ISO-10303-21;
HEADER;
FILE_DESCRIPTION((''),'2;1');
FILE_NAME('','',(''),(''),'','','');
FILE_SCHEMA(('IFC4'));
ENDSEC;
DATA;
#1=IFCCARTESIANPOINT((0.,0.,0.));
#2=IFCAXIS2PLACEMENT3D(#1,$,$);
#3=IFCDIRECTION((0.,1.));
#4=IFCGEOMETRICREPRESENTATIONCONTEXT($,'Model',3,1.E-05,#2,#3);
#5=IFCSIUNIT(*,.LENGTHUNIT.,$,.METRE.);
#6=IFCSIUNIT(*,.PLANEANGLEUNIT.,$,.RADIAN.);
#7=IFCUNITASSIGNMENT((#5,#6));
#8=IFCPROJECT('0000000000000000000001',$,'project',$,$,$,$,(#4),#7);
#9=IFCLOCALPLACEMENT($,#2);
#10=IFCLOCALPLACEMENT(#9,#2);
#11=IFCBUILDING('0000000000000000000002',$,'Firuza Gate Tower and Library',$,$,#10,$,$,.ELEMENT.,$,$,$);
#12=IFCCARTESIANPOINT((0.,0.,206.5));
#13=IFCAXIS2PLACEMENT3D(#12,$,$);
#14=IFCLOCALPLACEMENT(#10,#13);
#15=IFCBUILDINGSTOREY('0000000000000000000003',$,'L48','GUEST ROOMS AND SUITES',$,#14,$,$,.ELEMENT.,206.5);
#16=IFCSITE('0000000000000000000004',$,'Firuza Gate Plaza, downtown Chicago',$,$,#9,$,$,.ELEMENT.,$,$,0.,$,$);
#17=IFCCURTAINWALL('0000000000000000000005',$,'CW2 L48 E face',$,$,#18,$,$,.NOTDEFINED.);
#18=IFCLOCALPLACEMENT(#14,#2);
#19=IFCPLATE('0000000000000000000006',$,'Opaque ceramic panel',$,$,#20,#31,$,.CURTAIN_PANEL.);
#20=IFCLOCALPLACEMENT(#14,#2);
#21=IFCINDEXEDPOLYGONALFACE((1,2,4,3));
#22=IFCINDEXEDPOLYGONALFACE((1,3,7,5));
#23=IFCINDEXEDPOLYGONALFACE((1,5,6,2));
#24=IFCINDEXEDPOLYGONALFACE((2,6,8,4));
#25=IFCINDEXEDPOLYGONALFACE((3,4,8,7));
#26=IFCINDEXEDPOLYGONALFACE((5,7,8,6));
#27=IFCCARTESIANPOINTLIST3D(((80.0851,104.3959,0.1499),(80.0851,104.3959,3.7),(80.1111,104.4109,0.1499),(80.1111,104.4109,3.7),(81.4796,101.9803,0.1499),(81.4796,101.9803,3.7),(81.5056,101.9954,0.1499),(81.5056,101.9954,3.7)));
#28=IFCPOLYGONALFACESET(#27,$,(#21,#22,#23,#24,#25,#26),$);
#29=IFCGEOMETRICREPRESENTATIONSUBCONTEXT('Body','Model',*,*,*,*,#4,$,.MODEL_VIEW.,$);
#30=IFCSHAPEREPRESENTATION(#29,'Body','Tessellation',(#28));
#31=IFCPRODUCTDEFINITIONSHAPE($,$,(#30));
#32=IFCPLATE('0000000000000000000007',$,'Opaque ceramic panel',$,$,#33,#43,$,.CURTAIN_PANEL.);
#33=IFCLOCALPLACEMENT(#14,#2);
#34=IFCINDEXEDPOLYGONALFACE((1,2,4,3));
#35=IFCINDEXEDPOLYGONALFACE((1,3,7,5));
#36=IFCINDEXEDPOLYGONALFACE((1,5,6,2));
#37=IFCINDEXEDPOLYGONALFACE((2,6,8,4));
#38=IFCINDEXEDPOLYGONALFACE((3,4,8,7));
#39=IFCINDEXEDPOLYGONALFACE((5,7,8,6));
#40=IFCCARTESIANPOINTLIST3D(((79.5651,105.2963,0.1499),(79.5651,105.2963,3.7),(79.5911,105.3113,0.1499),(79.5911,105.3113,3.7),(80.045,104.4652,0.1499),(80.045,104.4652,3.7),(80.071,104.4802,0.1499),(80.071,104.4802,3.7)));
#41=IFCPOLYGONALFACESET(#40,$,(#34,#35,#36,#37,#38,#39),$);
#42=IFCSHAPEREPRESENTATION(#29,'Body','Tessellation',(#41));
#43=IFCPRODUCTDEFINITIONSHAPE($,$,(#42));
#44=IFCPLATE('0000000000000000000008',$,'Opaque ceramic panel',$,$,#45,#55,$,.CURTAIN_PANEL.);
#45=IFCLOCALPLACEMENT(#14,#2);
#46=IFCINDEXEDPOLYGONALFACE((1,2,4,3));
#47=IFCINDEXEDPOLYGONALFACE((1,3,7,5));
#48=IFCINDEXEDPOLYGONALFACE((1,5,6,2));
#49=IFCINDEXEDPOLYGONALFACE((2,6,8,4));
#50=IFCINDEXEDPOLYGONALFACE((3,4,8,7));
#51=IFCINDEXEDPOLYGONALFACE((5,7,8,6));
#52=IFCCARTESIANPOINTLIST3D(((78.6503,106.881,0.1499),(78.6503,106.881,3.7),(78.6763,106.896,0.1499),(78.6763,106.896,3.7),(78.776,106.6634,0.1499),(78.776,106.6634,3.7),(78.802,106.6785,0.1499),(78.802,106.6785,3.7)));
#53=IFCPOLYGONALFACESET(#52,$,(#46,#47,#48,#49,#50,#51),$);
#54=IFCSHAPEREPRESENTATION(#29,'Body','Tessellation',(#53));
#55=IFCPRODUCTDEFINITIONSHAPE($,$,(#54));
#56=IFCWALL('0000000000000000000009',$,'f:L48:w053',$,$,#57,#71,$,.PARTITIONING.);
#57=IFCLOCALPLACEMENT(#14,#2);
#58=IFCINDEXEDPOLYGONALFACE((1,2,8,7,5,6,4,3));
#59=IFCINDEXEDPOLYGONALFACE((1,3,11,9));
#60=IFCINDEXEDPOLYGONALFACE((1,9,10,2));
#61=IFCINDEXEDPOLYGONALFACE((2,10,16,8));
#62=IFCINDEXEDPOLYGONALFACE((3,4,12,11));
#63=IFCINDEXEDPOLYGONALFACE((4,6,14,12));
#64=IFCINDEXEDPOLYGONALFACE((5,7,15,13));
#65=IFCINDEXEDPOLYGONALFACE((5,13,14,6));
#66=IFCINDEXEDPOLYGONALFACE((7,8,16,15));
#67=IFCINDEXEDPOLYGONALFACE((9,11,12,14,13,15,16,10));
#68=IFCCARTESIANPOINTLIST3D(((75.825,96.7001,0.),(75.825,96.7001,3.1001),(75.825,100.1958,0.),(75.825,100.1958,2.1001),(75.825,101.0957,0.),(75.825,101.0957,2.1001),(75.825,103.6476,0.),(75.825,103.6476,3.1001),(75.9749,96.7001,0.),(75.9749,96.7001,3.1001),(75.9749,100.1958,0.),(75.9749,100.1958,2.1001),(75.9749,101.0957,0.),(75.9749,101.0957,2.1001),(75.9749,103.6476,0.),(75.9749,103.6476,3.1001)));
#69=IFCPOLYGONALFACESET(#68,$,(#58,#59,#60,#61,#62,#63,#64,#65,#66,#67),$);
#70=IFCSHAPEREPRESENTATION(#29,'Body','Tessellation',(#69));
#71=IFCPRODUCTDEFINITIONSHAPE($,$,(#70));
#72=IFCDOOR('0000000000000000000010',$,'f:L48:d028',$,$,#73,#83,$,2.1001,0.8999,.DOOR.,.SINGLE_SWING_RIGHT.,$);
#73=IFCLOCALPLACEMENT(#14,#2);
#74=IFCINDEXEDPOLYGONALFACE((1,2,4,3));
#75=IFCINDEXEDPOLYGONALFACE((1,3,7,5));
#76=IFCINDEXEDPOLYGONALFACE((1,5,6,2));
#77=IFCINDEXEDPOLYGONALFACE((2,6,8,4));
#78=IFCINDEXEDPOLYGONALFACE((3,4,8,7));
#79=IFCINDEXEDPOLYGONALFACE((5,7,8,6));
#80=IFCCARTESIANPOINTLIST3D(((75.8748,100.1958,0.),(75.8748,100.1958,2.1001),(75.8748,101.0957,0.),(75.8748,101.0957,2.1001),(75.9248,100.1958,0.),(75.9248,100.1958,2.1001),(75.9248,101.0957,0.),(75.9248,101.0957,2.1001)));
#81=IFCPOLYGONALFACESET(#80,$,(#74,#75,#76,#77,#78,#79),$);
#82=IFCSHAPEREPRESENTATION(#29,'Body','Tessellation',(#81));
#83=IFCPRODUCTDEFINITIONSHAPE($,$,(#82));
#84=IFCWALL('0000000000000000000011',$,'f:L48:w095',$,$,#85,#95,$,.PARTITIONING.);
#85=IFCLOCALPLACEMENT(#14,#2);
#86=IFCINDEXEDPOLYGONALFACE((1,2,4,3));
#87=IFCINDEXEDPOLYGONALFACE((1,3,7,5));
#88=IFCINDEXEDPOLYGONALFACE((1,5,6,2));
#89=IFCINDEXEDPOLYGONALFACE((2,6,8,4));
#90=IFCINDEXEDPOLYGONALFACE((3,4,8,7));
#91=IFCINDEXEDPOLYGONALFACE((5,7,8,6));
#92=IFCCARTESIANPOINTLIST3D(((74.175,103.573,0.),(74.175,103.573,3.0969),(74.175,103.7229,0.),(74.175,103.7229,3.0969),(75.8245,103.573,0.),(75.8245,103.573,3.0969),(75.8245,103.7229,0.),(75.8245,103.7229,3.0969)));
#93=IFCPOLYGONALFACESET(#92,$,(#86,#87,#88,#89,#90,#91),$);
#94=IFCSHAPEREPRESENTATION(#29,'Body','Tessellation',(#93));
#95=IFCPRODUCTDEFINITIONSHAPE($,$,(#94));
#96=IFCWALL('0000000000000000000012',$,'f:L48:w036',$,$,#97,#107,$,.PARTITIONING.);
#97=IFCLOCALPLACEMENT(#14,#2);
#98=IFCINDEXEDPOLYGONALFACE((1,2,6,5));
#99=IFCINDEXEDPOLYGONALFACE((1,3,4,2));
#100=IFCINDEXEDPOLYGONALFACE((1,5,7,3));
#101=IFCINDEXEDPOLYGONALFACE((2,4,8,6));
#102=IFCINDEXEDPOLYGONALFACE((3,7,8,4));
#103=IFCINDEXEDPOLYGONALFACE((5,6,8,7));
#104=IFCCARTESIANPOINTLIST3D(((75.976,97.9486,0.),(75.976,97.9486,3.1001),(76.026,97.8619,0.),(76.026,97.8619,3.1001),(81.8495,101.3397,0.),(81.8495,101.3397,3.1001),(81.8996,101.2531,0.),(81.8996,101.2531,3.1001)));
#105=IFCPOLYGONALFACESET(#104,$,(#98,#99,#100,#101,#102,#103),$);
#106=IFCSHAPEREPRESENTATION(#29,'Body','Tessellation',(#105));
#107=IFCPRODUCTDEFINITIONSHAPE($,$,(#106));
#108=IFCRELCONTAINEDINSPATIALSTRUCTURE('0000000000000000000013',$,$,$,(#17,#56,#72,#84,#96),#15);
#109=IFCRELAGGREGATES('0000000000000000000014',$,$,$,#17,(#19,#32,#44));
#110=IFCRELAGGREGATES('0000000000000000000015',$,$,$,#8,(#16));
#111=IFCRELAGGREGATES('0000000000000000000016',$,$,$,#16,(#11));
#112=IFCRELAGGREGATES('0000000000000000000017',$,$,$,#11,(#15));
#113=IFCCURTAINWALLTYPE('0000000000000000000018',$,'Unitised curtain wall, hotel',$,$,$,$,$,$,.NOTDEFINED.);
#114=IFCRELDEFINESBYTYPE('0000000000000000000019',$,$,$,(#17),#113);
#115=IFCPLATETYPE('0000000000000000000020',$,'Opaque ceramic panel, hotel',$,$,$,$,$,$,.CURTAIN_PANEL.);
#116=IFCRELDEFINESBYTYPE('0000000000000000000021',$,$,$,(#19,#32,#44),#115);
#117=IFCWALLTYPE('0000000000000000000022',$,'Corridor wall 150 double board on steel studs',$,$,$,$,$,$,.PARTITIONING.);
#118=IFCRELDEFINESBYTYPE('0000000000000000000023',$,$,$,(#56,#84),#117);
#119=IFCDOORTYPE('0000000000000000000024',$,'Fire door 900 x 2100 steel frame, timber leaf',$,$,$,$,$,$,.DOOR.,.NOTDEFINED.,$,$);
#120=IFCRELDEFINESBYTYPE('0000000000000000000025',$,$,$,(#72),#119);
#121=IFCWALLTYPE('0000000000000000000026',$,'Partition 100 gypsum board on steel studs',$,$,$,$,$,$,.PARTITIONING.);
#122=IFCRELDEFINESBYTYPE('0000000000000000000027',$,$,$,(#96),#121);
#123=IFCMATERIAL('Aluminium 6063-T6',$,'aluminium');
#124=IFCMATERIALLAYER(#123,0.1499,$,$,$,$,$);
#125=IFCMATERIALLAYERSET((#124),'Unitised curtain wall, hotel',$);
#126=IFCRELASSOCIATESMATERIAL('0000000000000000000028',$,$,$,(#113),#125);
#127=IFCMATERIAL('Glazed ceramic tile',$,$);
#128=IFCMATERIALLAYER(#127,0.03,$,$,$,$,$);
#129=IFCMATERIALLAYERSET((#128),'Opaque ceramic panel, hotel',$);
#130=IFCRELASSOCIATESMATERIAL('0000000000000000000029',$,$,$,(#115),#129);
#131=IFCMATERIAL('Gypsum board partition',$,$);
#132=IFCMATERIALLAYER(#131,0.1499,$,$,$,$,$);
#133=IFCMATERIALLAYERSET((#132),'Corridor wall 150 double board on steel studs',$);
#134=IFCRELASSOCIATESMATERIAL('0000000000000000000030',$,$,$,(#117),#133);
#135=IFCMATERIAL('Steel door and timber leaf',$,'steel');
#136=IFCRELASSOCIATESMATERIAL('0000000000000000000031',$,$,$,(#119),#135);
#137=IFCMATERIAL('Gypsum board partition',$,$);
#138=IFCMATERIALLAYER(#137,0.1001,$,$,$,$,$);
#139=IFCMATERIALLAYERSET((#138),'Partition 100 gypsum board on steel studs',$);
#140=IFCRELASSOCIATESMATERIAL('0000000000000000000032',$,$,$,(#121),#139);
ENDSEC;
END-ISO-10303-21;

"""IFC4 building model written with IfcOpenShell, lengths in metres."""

from ifc_helpers import new_model, si_unit, direction, frame, frame_2d, origin, place, context, subcontext, project, spatial, polyline, rectangle, outline, extrude, material, layer, layer_set, type_object, element, fill, aggregate, save


model = new_model("IFC4")

# Units and contexts
model_context = context("Model", 3, precision=1e-05, world=origin(), true_north=direction((0.0, 1.0)))
body_context = subcontext(model_context, "Body", "Model", "MODEL_VIEW")
ifc_project = project(units=[si_unit("LENGTHUNIT", "METRE"), si_unit("PLANEANGLEUNIT", "RADIAN")], contexts=[model_context])

# Site, building, storey
site_placement = place(None, origin())
site = spatial("IfcSite", under=ifc_project, at=site_placement, Name="Firuza Gate Plaza, downtown Chicago", CompositionType="ELEMENT", RefElevation=0.0)
building_placement = place(site_placement, origin())
building = spatial("IfcBuilding", under=site, at=building_placement, Name="Firuza Gate Tower and Library", CompositionType="ELEMENT")
storey_placement = place(building_placement, frame((0.0, 0.0, 206.5)))
storey = spatial("IfcBuildingStorey", under=building, at=storey_placement, Name="L48", Description="GUEST ROOMS AND SUITES", CompositionType="ELEMENT", Elevation=206.5)

# Curtain wall
ifc_material_1 = material(Name="Aluminium 6063-T6", Category="aluminium")
ifc_layer_1 = layer(ifc_material_1, 0.1499)
ifc_layer_set_1 = layer_set([ifc_layer_1], Name="Unitised curtain wall, hotel")
curtain_wall_type_1 = type_object("IfcCurtainWallType", Name="Unitised curtain wall, hotel", PredefinedType="NOTDEFINED", material=ifc_layer_set_1)
placement = place(storey_placement, origin())
curtain_wall_1 = element("IfcCurtainWall", 1, at=placement, inside=storey, type_object=curtain_wall_type_1, Name="CW2 L48 E face", PredefinedType="NOTDEFINED")

# Plates
ifc_material_2 = material(Name="Glazed ceramic tile")
ifc_layer_2 = layer(ifc_material_2, 0.03)
ifc_layer_set_2 = layer_set([ifc_layer_2], Name="Opaque ceramic panel, hotel")
plate_type_1 = type_object("IfcPlateType", Name="Opaque ceramic panel, hotel", PredefinedType="CURTAIN_PANEL", material=ifc_layer_set_2)
plate_1_placement = place(storey_placement, frame((81.5056, 101.9954, 0.1499), z_axis=(0.866037, 0.49998, 0.0), x_axis=(-0.49998, 0.866037, 0.0)))
plate_1 = element("IfcPlate", 2, at=plate_1_placement, type_object=plate_type_1, Name="Opaque ceramic panel", PredefinedType="CURTAIN_PANEL", context=body_context, shape_type="SweptSolid", body=[
    extrude(outline(polyline([(0.0, 0.0), (2.7892, 0.0), (2.7892, 3.55), (0.0, 3.55), (0.0, 0.0)])), origin(), (0.0, 0.0, -1.0), 0.03),
])
plate_2_placement = place(storey_placement, frame((80.071, 104.4802, 0.1499), z_axis=(0.865948, 0.500133, 0.0), x_axis=(-0.500133, 0.865948, 0.0)))
plate_2 = element("IfcPlate", 3, at=plate_2_placement, type_object=plate_type_1, Name="Opaque ceramic panel", PredefinedType="CURTAIN_PANEL", context=body_context, shape_type="SweptSolid", body=[
    extrude(outline(polyline([(0.0, 0.0), (0.9597, 0.0), (0.9597, 3.55), (0.0, 3.55), (0.0, 0.0)])), origin(), (0.0, 0.0, -1.0), 0.03),
])
plate_3_placement = place(storey_placement, frame((78.802, 106.6785, 0.1499), z_axis=(0.865781, 0.500423, 0.0), x_axis=(-0.500423, 0.865781, 0.0)))
plate_3 = element("IfcPlate", 4, at=plate_3_placement, type_object=plate_type_1, Name="Opaque ceramic panel", PredefinedType="CURTAIN_PANEL", context=body_context, shape_type="SweptSolid", body=[
    extrude(outline(polyline([(0.0, 0.0), (0.2513, 0.0), (0.2513, 3.55), (0.0, 3.55), (0.0, 0.0)])), origin(), (0.0, 0.0, -1.0), 0.03),
])
aggregate(curtain_wall_1, [plate_1, plate_2, plate_3])

# Wall, opening, door
ifc_material_3 = material(Name="Gypsum board partition")
ifc_layer_3 = layer(ifc_material_3, 0.1499)
ifc_layer_set_3 = layer_set([ifc_layer_3], Name="Corridor wall 150 double board on steel studs")
wall_type_1 = type_object("IfcWallType", Name="Corridor wall 150 double board on steel studs", PredefinedType="PARTITIONING", material=ifc_layer_set_3)
wall_1_placement = place(storey_placement, frame((75.8999, 103.6475, 0.0), z_axis=(0.0, 0.0, 1.0), x_axis=(0.0, -1.0, 0.0)))
wall_1 = element("IfcWall", 5, at=wall_1_placement, inside=storey, type_object=wall_type_1, Name="f:L48:w053", PredefinedType="PARTITIONING", context=body_context, shape_type="SweptSolid", body=[
    extrude(rectangle(XDim=6.9475, YDim=0.1499, at=frame_2d((3.4736, 0.0))), origin(), (0.0, 0.0, 1.0), 3.1001),
])
opening_placement = place(wall_1_placement, frame((2.5518, 0.0, 0.0)))
opening = element("IfcOpeningElement", 6, at=opening_placement, cuts=wall_1, PredefinedType="OPENING", context=body_context, shape_type="SweptSolid", body=[
    extrude(rectangle(XDim=0.8999, YDim=2.1001, at=frame_2d((0.45, 1.05))), frame((0.0, 0.085, 0.0), z_axis=(0.0, -1.0, 0.0), x_axis=(1.0, 0.0, 0.0)), (0.0, 0.0, 1.0), 0.1699),
])
ifc_material_4 = material(Name="Steel door and timber leaf", Category="steel")
door_type = type_object("IfcDoorType", Name="Fire door 900 x 2100 steel frame, timber leaf", OperationType="NOTDEFINED", PredefinedType="DOOR", material=ifc_material_4)
door_placement = place(opening_placement, origin())
door = element("IfcDoor", 7, at=door_placement, inside=storey, type_object=door_type, Name="f:L48:d028", OperationType="SINGLE_SWING_RIGHT", OverallHeight=2.1001, OverallWidth=0.8999, PredefinedType="DOOR", context=body_context, shape_type="SweptSolid", body=[
    extrude(rectangle(XDim=0.8999, YDim=2.1001, at=frame_2d((0.45, 1.05))), frame((0.0, 0.0249, 0.0), z_axis=(0.0, -1.0, 0.0), x_axis=(1.0, 0.0, 0.0)), (0.0, 0.0, 1.0), 0.05),
])
fill(opening, door)

# Walls
wall_2_placement = place(storey_placement, frame((74.175, 103.6479, 0.0), z_axis=(0.0, 0.0, 1.0), x_axis=(1.0, 0.0, 0.0)))
element("IfcWall", 8, at=wall_2_placement, inside=storey, type_object=wall_type_1, Name="f:L48:w095", PredefinedType="PARTITIONING", context=body_context, shape_type="SweptSolid", body=[
    extrude(rectangle(XDim=1.6494, YDim=0.1499, at=frame_2d((0.8247, 0.0))), origin(), (0.0, 0.0, 1.0), 3.0969),
])
ifc_material_5 = material(Name="Gypsum board partition")
ifc_layer_4 = layer(ifc_material_5, 0.1001)
ifc_layer_set_4 = layer_set([ifc_layer_4], Name="Partition 100 gypsum board on steel studs")
wall_type_2 = type_object("IfcWallType", Name="Partition 100 gypsum board on steel studs", PredefinedType="PARTITIONING", material=ifc_layer_set_4)
wall_3_placement = place(storey_placement, frame((76.001, 97.9053, 0.0), z_axis=(0.0, 0.0, 1.0), x_axis=(0.866024, 0.500003, 0.0)))
element("IfcWall", 9, at=wall_3_placement, inside=storey, type_object=wall_type_2, Name="f:L48:w036", PredefinedType="PARTITIONING", context=body_context, shape_type="SweptSolid", body=[
    extrude(rectangle(XDim=6.7822, YDim=0.1001, at=frame_2d((3.3911, 0.0))), origin(), (0.0, 0.0, 1.0), 3.1001),
])

save(model, "model.ifc")
